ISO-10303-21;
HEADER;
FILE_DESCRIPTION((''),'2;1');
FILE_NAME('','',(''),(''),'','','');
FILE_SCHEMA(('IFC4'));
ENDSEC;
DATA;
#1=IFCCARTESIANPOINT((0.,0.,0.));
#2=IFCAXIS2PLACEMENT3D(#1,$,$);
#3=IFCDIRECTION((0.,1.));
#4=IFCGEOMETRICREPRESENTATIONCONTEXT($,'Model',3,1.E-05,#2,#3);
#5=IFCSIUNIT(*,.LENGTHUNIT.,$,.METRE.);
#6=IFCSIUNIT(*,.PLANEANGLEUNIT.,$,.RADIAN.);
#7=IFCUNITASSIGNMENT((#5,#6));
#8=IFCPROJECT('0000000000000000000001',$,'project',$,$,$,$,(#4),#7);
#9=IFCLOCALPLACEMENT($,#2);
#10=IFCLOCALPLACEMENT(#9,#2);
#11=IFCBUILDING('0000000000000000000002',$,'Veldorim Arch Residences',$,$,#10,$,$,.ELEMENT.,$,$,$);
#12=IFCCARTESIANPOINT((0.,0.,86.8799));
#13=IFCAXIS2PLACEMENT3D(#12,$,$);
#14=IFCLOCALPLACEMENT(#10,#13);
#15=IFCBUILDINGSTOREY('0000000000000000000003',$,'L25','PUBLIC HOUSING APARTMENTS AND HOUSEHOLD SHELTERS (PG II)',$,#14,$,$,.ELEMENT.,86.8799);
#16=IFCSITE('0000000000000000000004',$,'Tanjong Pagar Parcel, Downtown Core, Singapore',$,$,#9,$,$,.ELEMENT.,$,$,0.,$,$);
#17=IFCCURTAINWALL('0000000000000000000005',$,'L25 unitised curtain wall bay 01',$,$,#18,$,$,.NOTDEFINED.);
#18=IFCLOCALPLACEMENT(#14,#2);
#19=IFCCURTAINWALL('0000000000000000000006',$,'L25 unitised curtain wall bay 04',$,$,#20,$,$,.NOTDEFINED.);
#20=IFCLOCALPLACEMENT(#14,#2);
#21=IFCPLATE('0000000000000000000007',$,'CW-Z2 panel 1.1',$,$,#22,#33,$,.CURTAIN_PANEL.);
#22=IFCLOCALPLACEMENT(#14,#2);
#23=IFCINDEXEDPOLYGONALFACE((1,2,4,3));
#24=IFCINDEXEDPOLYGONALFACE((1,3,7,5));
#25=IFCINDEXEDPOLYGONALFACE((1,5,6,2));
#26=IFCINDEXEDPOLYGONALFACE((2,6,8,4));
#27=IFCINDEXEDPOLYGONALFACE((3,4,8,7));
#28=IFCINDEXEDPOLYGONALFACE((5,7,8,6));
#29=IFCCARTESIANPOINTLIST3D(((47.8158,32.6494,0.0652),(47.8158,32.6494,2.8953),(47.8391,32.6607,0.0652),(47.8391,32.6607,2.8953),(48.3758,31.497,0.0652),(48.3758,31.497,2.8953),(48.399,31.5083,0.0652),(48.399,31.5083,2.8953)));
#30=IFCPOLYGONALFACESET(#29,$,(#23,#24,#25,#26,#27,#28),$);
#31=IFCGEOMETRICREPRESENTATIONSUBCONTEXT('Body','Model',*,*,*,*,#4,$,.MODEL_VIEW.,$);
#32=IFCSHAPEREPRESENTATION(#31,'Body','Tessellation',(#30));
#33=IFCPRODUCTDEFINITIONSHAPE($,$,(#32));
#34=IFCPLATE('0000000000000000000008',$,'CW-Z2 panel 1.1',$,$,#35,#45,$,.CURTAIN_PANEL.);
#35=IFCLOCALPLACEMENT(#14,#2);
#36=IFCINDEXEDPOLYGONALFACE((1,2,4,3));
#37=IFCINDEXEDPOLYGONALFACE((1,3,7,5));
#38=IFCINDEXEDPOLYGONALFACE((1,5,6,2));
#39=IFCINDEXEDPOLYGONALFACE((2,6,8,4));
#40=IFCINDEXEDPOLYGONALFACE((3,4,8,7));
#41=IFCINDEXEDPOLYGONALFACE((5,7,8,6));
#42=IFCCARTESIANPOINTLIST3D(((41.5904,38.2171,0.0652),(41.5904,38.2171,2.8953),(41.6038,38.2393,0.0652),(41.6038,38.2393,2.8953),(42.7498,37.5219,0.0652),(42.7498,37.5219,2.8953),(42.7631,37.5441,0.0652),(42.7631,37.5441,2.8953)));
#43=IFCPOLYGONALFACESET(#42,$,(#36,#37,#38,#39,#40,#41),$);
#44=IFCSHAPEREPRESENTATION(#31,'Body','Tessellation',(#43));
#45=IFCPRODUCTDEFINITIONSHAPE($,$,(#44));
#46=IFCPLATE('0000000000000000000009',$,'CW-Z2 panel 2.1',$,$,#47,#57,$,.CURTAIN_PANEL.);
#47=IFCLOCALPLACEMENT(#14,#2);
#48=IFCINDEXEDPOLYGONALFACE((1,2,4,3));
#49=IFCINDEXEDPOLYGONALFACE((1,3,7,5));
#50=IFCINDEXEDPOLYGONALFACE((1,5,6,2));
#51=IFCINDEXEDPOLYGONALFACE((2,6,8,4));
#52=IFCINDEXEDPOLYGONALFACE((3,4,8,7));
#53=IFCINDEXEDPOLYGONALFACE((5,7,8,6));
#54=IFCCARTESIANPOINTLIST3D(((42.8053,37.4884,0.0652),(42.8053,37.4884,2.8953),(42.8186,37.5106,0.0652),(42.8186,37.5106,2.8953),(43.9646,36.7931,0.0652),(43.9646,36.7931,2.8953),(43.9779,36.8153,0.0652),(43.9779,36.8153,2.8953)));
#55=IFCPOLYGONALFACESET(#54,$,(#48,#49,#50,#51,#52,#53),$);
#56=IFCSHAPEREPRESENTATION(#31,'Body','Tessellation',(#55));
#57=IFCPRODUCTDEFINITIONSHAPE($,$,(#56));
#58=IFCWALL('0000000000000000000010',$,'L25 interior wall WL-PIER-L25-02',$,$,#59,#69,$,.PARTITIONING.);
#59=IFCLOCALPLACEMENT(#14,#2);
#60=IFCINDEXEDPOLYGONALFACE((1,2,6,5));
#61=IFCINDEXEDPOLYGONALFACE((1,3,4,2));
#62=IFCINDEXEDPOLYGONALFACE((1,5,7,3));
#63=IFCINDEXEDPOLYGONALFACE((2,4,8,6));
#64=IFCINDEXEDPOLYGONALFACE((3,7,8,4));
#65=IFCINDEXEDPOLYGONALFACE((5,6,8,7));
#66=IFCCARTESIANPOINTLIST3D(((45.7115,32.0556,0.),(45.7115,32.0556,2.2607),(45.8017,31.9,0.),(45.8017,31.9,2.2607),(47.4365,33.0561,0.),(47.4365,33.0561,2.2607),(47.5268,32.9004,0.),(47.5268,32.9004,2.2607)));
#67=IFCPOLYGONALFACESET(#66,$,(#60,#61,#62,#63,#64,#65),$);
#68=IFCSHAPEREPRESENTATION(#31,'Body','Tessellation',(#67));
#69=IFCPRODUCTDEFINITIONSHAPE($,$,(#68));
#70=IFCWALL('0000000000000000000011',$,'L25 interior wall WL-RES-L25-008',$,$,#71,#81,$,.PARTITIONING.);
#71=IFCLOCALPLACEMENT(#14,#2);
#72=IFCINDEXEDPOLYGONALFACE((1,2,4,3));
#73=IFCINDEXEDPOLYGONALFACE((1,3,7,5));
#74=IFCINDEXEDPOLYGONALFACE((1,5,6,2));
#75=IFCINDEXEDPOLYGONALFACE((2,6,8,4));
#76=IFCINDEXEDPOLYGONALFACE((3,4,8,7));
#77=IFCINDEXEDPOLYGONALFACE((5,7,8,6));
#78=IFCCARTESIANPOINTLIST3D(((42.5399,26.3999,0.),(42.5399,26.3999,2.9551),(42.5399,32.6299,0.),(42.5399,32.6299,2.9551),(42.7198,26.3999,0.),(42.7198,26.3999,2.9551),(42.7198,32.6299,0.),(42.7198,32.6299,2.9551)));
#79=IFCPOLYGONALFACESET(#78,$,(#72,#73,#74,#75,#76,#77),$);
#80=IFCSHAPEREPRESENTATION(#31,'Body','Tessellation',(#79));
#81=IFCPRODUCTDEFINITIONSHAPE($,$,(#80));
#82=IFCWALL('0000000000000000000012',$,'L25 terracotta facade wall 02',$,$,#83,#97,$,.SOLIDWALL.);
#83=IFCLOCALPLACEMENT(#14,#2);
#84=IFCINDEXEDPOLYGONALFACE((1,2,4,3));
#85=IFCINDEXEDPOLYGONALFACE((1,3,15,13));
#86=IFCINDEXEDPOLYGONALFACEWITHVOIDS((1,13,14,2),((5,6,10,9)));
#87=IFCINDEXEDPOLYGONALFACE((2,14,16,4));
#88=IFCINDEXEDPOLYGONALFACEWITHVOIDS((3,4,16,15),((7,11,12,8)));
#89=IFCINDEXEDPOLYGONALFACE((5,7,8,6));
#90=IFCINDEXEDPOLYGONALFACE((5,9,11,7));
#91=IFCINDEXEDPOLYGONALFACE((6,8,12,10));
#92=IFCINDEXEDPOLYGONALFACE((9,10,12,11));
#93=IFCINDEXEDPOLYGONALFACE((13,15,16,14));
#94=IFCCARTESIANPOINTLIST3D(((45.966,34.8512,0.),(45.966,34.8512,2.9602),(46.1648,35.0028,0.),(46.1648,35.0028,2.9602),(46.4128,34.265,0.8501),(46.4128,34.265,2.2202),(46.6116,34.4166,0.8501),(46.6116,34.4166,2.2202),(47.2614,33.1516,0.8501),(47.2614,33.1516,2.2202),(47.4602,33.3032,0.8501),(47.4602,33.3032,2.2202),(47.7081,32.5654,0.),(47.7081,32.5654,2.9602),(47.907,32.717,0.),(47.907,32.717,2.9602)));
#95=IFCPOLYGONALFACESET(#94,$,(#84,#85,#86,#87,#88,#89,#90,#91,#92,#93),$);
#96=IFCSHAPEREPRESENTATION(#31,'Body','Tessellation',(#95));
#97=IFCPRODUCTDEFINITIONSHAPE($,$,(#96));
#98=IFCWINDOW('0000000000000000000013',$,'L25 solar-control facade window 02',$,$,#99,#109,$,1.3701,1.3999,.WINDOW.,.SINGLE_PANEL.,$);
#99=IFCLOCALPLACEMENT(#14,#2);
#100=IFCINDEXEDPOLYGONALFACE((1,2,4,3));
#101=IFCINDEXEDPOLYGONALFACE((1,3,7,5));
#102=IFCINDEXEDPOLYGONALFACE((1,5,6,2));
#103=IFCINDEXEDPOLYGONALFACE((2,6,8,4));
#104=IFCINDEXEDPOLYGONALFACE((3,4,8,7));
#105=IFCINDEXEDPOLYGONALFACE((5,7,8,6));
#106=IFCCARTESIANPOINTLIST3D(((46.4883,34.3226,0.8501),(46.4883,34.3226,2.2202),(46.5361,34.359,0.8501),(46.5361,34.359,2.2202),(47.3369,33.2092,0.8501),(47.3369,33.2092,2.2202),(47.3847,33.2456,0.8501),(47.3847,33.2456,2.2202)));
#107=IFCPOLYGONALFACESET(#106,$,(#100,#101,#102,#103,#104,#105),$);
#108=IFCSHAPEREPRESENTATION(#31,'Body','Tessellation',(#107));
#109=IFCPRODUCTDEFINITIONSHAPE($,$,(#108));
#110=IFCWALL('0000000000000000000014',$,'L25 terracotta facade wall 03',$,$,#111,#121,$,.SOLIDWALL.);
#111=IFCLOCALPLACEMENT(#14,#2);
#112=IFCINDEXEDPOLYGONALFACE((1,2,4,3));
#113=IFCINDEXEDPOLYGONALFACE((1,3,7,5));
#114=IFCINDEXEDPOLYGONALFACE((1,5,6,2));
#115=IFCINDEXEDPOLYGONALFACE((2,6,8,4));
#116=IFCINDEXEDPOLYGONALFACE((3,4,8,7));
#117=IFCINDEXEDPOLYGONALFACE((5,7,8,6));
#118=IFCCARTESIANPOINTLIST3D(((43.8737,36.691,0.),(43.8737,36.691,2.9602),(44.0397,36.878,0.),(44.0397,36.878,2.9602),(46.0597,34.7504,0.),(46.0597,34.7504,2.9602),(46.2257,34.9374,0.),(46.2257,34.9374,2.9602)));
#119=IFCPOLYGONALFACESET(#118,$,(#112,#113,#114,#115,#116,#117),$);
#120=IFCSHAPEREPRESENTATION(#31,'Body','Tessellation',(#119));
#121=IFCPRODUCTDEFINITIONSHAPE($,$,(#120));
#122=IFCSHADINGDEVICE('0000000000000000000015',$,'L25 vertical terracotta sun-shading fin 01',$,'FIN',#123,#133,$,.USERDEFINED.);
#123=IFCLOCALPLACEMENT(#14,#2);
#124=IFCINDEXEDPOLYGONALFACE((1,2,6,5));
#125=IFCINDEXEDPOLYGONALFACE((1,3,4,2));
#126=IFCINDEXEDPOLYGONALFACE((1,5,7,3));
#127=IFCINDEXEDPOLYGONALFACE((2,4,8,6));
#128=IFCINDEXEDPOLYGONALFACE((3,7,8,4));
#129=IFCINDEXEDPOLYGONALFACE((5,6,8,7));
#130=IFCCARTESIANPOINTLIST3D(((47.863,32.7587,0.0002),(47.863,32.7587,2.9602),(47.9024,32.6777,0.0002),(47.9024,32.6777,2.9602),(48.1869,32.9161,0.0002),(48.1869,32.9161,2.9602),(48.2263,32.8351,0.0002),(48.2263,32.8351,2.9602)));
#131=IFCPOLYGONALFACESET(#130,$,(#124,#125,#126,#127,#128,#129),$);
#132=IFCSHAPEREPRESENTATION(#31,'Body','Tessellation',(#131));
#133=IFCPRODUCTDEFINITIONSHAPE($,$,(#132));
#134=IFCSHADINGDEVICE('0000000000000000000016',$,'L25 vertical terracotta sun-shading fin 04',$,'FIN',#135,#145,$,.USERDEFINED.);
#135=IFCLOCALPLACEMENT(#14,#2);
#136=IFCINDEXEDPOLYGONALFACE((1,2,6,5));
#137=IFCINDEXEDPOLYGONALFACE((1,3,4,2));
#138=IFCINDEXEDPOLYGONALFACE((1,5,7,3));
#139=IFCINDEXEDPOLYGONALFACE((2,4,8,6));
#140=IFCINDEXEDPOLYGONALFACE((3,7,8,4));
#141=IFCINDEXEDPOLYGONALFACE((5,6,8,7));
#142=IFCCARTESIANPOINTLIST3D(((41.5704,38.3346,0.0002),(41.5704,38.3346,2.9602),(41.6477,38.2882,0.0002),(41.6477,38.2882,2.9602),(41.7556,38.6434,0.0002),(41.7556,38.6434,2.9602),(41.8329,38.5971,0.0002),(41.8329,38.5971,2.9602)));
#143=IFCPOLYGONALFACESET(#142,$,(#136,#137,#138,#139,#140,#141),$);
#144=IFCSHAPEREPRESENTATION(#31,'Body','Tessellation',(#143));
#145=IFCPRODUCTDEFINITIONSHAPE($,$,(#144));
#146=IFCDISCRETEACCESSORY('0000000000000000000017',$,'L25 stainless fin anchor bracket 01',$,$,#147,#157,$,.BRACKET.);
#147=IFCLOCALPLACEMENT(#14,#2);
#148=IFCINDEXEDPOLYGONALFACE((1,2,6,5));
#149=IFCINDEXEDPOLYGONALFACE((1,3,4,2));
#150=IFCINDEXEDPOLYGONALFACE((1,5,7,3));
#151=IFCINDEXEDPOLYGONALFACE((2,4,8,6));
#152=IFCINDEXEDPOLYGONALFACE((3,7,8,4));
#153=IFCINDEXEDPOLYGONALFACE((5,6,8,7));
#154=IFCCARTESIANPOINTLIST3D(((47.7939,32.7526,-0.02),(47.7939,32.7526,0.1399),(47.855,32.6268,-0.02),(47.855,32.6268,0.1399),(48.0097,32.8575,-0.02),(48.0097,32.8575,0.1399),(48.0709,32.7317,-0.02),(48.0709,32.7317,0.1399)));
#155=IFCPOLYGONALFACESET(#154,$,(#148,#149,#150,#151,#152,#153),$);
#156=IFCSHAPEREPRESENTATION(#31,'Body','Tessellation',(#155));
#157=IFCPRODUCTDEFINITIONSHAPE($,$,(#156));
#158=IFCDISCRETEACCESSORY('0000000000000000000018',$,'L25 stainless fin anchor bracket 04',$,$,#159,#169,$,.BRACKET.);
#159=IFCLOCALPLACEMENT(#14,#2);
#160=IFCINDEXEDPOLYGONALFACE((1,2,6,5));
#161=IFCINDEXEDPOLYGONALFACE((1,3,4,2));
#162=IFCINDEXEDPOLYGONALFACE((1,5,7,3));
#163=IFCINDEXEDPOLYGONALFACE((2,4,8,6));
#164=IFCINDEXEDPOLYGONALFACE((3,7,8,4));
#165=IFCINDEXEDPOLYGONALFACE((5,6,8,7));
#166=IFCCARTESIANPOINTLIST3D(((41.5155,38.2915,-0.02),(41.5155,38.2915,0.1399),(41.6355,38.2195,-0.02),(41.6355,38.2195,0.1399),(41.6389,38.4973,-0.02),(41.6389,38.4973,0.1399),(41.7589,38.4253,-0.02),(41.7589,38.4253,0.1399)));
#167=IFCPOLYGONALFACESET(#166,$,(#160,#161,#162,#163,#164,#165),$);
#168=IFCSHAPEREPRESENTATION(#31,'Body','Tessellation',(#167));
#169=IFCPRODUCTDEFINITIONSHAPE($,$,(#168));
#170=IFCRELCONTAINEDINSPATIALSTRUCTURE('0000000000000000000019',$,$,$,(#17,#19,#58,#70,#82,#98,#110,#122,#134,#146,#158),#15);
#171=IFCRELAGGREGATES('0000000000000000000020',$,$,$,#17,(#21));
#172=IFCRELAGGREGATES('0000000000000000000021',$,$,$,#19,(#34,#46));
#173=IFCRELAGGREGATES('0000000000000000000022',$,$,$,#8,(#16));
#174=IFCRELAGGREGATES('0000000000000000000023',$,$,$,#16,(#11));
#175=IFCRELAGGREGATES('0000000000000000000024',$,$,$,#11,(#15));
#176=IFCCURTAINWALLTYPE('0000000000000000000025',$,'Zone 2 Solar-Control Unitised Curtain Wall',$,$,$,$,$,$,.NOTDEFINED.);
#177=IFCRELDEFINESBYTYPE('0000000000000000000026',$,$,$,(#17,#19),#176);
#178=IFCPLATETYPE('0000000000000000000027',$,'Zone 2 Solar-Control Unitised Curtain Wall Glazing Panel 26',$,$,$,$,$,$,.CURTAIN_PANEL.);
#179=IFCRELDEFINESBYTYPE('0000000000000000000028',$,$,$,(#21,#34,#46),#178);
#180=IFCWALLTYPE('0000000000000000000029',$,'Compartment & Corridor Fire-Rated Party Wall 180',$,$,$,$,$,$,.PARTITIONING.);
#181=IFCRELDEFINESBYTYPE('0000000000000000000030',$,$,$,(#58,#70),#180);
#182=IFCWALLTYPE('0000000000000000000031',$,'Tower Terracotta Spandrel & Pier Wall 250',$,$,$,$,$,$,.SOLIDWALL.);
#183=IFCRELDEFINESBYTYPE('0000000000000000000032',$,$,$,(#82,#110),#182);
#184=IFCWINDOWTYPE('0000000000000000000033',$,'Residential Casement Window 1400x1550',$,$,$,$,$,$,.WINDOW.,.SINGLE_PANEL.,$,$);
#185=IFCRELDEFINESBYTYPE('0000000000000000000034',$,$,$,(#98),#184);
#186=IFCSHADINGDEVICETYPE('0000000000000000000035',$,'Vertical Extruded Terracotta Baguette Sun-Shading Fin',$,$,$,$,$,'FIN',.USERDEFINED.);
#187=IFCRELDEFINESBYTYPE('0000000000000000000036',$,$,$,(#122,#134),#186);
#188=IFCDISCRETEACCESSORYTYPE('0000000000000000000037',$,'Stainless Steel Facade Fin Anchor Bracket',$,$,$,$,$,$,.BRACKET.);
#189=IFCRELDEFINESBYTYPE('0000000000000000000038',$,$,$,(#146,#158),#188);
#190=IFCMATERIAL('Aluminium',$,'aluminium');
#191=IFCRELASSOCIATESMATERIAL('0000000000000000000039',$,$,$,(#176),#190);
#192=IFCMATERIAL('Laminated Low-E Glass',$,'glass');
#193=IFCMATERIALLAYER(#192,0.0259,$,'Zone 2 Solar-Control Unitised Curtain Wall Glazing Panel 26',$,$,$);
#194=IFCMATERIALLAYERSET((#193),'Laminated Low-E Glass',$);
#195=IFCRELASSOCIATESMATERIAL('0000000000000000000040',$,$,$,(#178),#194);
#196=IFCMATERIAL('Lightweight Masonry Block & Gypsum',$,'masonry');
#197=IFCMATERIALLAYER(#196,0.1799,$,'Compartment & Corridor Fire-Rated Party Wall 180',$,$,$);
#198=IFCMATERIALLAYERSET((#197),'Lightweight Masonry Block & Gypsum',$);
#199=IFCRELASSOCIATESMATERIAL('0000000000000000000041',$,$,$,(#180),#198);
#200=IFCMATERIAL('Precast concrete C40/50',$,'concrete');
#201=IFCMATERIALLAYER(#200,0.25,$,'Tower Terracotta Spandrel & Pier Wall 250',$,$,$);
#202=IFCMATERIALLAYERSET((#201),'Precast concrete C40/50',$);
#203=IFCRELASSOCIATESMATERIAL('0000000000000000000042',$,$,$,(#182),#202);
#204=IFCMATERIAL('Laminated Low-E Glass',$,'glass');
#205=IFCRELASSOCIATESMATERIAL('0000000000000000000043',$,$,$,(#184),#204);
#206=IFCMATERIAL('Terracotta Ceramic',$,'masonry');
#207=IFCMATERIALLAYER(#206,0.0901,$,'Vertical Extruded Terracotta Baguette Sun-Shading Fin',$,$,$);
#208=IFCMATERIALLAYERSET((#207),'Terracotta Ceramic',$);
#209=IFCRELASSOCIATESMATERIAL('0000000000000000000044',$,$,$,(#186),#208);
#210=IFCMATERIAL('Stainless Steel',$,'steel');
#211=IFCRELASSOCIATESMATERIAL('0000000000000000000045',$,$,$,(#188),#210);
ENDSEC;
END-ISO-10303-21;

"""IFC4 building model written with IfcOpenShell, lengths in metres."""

from ifc_helpers import new_model, si_unit, direction, frame, frame_2d, origin, origin_2d, place, context, subcontext, project, spatial, rectangle, extrude, material, layer, layer_set, type_object, element, fill, aggregate, save


model = new_model("IFC4")

# Units and contexts
model_context = context("Model", 3, precision=1e-05, world=origin(), true_north=direction((0.0, 1.0)))
body_context = subcontext(model_context, "Body", "Model", "MODEL_VIEW")
ifc_project = project(units=[si_unit("LENGTHUNIT", "METRE"), si_unit("PLANEANGLEUNIT", "RADIAN")], contexts=[model_context])

# Site, building, storey
site_placement = place(None, origin())
site = spatial("IfcSite", under=ifc_project, at=site_placement, Name="Tanjong Pagar Parcel, Downtown Core, Singapore", CompositionType="ELEMENT", RefElevation=0.0)
building_placement = place(site_placement, origin())
building = spatial("IfcBuilding", under=site, at=building_placement, Name="Veldorim Arch Residences", CompositionType="ELEMENT")
storey_placement = place(building_placement, frame((0.0, 0.0, 86.8799)))
storey = spatial("IfcBuildingStorey", under=building, at=storey_placement, Name="L25", Description="PUBLIC HOUSING APARTMENTS AND HOUSEHOLD SHELTERS (PG II)", CompositionType="ELEMENT", Elevation=86.8799)

# Curtain wall
ifc_material_1 = material(Name="Aluminium", Category="aluminium")
curtain_wall_type = type_object("IfcCurtainWallType", Name="Zone 2 Solar-Control Unitised Curtain Wall", PredefinedType="NOTDEFINED", material=ifc_material_1)
curtain_wall_1_placement = place(storey_placement, origin())
curtain_wall_1 = element("IfcCurtainWall", 1, at=curtain_wall_1_placement, inside=storey, type_object=curtain_wall_type, Name="L25 unitised curtain wall bay 01", PredefinedType="NOTDEFINED")

# Curtain wall
curtain_wall_2_placement = place(storey_placement, origin())
curtain_wall_2 = element("IfcCurtainWall", 2, at=curtain_wall_2_placement, inside=storey, type_object=curtain_wall_type, Name="L25 unitised curtain wall bay 04", PredefinedType="NOTDEFINED")

# Plates
ifc_material_2 = material(Name="Laminated Low-E Glass", Category="glass")
ifc_layer_1 = layer(ifc_material_2, 0.0259, Name="Zone 2 Solar-Control Unitised Curtain Wall Glazing Panel 26")
ifc_layer_set_1 = layer_set([ifc_layer_1], Name="Laminated Low-E Glass")
plate_type = type_object("IfcPlateType", Name="Zone 2 Solar-Control Unitised Curtain Wall Glazing Panel 26", PredefinedType="CURTAIN_PANEL", material=ifc_layer_set_1)
plate_1_placement = place(storey_placement, frame((48.1074, 32.0789, 0.0652), z_axis=(0.0, 0.0, 1.0), x_axis=(0.437046, -0.899439, 0.0)))
plate_1 = element("IfcPlate", 3, at=plate_1_placement, type_object=plate_type, Name="CW-Z2 panel 1.1", PredefinedType="CURTAIN_PANEL", context=body_context, shape_type="SweptSolid", body=[
    extrude(rectangle(XDim=1.2812, YDim=0.0259, at=origin_2d()), origin(), (0.0, 0.0, 1.0), 2.8301),
])
aggregate(curtain_wall_1, [plate_1])
plate_2_placement = place(storey_placement, frame((42.1768, 37.8806, 0.0652), z_axis=(0.0, 0.0, 1.0), x_axis=(0.857602, -0.514313, 0.0)))
plate_2 = element("IfcPlate", 4, at=plate_2_placement, type_object=plate_type, Name="CW-Z2 panel 1.1", PredefinedType="CURTAIN_PANEL", context=body_context, shape_type="SweptSolid", body=[
    extrude(rectangle(XDim=1.3518, YDim=0.0259, at=origin_2d()), origin(), (0.0, 0.0, 1.0), 2.8301),
])
plate_3_placement = place(storey_placement, frame((43.3916, 37.1519, 0.0652), z_axis=(0.0, 0.0, 1.0), x_axis=(0.857602, -0.514313, 0.0)))
plate_3 = element("IfcPlate", 5, at=plate_3_placement, type_object=plate_type, Name="CW-Z2 panel 2.1", PredefinedType="CURTAIN_PANEL", context=body_context, shape_type="SweptSolid", body=[
    extrude(rectangle(XDim=1.3518, YDim=0.0259, at=origin_2d()), origin(), (0.0, 0.0, 1.0), 2.8301),
])
aggregate(curtain_wall_2, [plate_2, plate_3])

# Walls
ifc_material_3 = material(Name="Lightweight Masonry Block & Gypsum", Category="masonry")
ifc_layer_2 = layer(ifc_material_3, 0.1799, Name="Compartment & Corridor Fire-Rated Party Wall 180")
ifc_layer_set_2 = layer_set([ifc_layer_2], Name="Lightweight Masonry Block & Gypsum")
wall_type_1 = type_object("IfcWallType", Name="Compartment & Corridor Fire-Rated Party Wall 180", PredefinedType="PARTITIONING", material=ifc_layer_set_2)
wall_1_placement = place(storey_placement, frame((45.7566, 31.9778, 0.0), z_axis=(0.0, 0.0, 1.0), x_axis=(0.865046, 0.501692, 0.0)))
element("IfcWall", 6, at=wall_1_placement, inside=storey, type_object=wall_type_1, Name="L25 interior wall WL-PIER-L25-02", PredefinedType="PARTITIONING", context=body_context, shape_type="SweptSolid", body=[
    extrude(rectangle(XDim=1.9941, YDim=0.1799, at=frame_2d((0.9971, 0.0))), origin(), (0.0, 0.0, 1.0), 2.2607),
])
wall_2_placement = place(storey_placement, frame((42.6299, 32.6299, 0.0), z_axis=(0.0, 0.0, 1.0), x_axis=(0.0, -1.0, 0.0)))
element("IfcWall", 7, at=wall_2_placement, inside=storey, type_object=wall_type_1, Name="L25 interior wall WL-RES-L25-008", PredefinedType="PARTITIONING", context=body_context, shape_type="SweptSolid", body=[
    extrude(rectangle(XDim=6.23, YDim=0.1799, at=frame_2d((3.115, 0.0))), origin(), (0.0, 0.0, 1.0), 2.9551),
])

# Wall, opening, window
ifc_material_4 = material(Name="Precast concrete C40/50", Category="concrete")
ifc_layer_3 = layer(ifc_material_4, 0.25, Name="Tower Terracotta Spandrel & Pier Wall 250")
ifc_layer_set_3 = layer_set([ifc_layer_3], Name="Precast concrete C40/50")
wall_type_2 = type_object("IfcWallType", Name="Tower Terracotta Spandrel & Pier Wall 250", PredefinedType="SOLIDWALL", material=ifc_layer_set_3)
wall_3_placement = place(storey_placement, frame((46.0654, 34.927, 0.0), z_axis=(0.0, 0.0, 1.0), x_axis=(0.606166, -0.795338, 0.0)))
wall_3 = element("IfcWall", 8, at=wall_3_placement, inside=storey, type_object=wall_type_2, Name="L25 terracotta facade wall 02", PredefinedType="SOLIDWALL", context=body_context, shape_type="SweptSolid", body=[
    extrude(rectangle(XDim=2.874, YDim=0.25, at=frame_2d((1.437, 0.0))), origin(), (0.0, 0.0, 1.0), 2.9602),
])
opening_placement = place(wall_3_placement, frame((0.7371, 0.0, 0.8501)))
opening = element("IfcOpeningElement", 9, at=opening_placement, cuts=wall_3, PredefinedType="OPENING", context=body_context, shape_type="SweptSolid", body=[
    extrude(rectangle(XDim=1.3999, YDim=1.3701, at=frame_2d((0.7, 0.6851))), frame((0.0, 0.135, 0.0), z_axis=(0.0, -1.0, 0.0), x_axis=(1.0, 0.0, 0.0)), (0.0, 0.0, 1.0), 0.27),
])
ifc_material_5 = material(Name="Laminated Low-E Glass", Category="glass")
window_type = type_object("IfcWindowType", Name="Residential Casement Window 1400x1550", PartitioningType="SINGLE_PANEL", PredefinedType="WINDOW", material=ifc_material_5)
window_placement = place(opening_placement, origin())
window = element("IfcWindow", 10, at=window_placement, inside=storey, type_object=window_type, Name="L25 solar-control facade window 02", OverallHeight=1.3701, OverallWidth=1.3999, PartitioningType="SINGLE_PANEL", PredefinedType="WINDOW", context=body_context, shape_type="SweptSolid", body=[
    extrude(rectangle(XDim=1.3999, YDim=1.3701, at=frame_2d((0.7, 0.6851))), frame((0.0, 0.03, 0.0), z_axis=(0.0, -1.0, 0.0), x_axis=(1.0, 0.0, 0.0)), (0.0, 0.0, 1.0), 0.0601),
])
fill(opening, window)

# Wall
wall_4_placement = place(storey_placement, frame((43.9568, 36.7844, 0.0), z_axis=(0.0, 0.0, 1.0), x_axis=(0.747828, -0.663892, 0.0)))
element("IfcWall", 11, at=wall_4_placement, inside=storey, type_object=wall_type_2, Name="L25 terracotta facade wall 03", PredefinedType="SOLIDWALL", context=body_context, shape_type="SweptSolid", body=[
    extrude(rectangle(XDim=2.9231, YDim=0.25, at=frame_2d((1.4614, 0.0))), origin(), (0.0, 0.0, 1.0), 2.9602),
])

# Shading devices
ifc_material_6 = material(Name="Terracotta Ceramic", Category="masonry")
ifc_layer_4 = layer(ifc_material_6, 0.0901, Name="Vertical Extruded Terracotta Baguette Sun-Shading Fin")
ifc_layer_set_4 = layer_set([ifc_layer_4], Name="Terracotta Ceramic")
shading_device_type = type_object("IfcShadingDeviceType", Name="Vertical Extruded Terracotta Baguette Sun-Shading Fin", ElementType="FIN", PredefinedType="USERDEFINED", material=ifc_layer_set_4)
for number, where, z_axis, x_axis, name in (
    (12, (48.0447, 32.7969, 0.0002), (0.0, 0.0, 1.0), (0.437116, -0.899405, 0.0), "L25 vertical terracotta sun-shading fin 01"),
    (13, (41.7017, 38.4658, 0.0002), (0.0, 0.0, 1.0), (0.857616, -0.51429, 0.0), "L25 vertical terracotta sun-shading fin 04"),
):
    element("IfcShadingDevice", number, at=place(storey_placement, frame(where, z_axis=z_axis, x_axis=x_axis)), inside=storey, type_object=shading_device_type, Name=name, ObjectType="FIN", PredefinedType="USERDEFINED", context=body_context, shape_type="SweptSolid", body=[
        extrude(rectangle(XDim=0.0901, YDim=0.3601, at=origin_2d()), origin(), (0.0, 0.0, 1.0), 2.96),
    ])

# Discrete accessories
ifc_material_7 = material(Name="Stainless Steel", Category="steel")
discrete_accessory_type = type_object("IfcDiscreteAccessoryType", Name="Stainless Steel Facade Fin Anchor Bracket", PredefinedType="BRACKET", material=ifc_material_7)
for number, where, z_axis, x_axis, name in (
    (14, (47.9324, 32.7422, -0.02), (0.0, 0.0, 1.0), (0.437116, -0.899405, 0.0), "L25 stainless fin anchor bracket 01"),
    (15, (41.6372, 38.3584, -0.02), (0.0, 0.0, 1.0), (0.857616, -0.51429, 0.0), "L25 stainless fin anchor bracket 04"),
):
    element("IfcDiscreteAccessory", number, at=place(storey_placement, frame(where, z_axis=z_axis, x_axis=x_axis)), inside=storey, type_object=discrete_accessory_type, Name=name, PredefinedType="BRACKET", context=body_context, shape_type="SweptSolid", body=[
        extrude(rectangle(XDim=0.1399, YDim=0.24, at=origin_2d()), origin(), (0.0, 0.0, 1.0), 0.1599),
    ])

save(model, "model.ifc")
